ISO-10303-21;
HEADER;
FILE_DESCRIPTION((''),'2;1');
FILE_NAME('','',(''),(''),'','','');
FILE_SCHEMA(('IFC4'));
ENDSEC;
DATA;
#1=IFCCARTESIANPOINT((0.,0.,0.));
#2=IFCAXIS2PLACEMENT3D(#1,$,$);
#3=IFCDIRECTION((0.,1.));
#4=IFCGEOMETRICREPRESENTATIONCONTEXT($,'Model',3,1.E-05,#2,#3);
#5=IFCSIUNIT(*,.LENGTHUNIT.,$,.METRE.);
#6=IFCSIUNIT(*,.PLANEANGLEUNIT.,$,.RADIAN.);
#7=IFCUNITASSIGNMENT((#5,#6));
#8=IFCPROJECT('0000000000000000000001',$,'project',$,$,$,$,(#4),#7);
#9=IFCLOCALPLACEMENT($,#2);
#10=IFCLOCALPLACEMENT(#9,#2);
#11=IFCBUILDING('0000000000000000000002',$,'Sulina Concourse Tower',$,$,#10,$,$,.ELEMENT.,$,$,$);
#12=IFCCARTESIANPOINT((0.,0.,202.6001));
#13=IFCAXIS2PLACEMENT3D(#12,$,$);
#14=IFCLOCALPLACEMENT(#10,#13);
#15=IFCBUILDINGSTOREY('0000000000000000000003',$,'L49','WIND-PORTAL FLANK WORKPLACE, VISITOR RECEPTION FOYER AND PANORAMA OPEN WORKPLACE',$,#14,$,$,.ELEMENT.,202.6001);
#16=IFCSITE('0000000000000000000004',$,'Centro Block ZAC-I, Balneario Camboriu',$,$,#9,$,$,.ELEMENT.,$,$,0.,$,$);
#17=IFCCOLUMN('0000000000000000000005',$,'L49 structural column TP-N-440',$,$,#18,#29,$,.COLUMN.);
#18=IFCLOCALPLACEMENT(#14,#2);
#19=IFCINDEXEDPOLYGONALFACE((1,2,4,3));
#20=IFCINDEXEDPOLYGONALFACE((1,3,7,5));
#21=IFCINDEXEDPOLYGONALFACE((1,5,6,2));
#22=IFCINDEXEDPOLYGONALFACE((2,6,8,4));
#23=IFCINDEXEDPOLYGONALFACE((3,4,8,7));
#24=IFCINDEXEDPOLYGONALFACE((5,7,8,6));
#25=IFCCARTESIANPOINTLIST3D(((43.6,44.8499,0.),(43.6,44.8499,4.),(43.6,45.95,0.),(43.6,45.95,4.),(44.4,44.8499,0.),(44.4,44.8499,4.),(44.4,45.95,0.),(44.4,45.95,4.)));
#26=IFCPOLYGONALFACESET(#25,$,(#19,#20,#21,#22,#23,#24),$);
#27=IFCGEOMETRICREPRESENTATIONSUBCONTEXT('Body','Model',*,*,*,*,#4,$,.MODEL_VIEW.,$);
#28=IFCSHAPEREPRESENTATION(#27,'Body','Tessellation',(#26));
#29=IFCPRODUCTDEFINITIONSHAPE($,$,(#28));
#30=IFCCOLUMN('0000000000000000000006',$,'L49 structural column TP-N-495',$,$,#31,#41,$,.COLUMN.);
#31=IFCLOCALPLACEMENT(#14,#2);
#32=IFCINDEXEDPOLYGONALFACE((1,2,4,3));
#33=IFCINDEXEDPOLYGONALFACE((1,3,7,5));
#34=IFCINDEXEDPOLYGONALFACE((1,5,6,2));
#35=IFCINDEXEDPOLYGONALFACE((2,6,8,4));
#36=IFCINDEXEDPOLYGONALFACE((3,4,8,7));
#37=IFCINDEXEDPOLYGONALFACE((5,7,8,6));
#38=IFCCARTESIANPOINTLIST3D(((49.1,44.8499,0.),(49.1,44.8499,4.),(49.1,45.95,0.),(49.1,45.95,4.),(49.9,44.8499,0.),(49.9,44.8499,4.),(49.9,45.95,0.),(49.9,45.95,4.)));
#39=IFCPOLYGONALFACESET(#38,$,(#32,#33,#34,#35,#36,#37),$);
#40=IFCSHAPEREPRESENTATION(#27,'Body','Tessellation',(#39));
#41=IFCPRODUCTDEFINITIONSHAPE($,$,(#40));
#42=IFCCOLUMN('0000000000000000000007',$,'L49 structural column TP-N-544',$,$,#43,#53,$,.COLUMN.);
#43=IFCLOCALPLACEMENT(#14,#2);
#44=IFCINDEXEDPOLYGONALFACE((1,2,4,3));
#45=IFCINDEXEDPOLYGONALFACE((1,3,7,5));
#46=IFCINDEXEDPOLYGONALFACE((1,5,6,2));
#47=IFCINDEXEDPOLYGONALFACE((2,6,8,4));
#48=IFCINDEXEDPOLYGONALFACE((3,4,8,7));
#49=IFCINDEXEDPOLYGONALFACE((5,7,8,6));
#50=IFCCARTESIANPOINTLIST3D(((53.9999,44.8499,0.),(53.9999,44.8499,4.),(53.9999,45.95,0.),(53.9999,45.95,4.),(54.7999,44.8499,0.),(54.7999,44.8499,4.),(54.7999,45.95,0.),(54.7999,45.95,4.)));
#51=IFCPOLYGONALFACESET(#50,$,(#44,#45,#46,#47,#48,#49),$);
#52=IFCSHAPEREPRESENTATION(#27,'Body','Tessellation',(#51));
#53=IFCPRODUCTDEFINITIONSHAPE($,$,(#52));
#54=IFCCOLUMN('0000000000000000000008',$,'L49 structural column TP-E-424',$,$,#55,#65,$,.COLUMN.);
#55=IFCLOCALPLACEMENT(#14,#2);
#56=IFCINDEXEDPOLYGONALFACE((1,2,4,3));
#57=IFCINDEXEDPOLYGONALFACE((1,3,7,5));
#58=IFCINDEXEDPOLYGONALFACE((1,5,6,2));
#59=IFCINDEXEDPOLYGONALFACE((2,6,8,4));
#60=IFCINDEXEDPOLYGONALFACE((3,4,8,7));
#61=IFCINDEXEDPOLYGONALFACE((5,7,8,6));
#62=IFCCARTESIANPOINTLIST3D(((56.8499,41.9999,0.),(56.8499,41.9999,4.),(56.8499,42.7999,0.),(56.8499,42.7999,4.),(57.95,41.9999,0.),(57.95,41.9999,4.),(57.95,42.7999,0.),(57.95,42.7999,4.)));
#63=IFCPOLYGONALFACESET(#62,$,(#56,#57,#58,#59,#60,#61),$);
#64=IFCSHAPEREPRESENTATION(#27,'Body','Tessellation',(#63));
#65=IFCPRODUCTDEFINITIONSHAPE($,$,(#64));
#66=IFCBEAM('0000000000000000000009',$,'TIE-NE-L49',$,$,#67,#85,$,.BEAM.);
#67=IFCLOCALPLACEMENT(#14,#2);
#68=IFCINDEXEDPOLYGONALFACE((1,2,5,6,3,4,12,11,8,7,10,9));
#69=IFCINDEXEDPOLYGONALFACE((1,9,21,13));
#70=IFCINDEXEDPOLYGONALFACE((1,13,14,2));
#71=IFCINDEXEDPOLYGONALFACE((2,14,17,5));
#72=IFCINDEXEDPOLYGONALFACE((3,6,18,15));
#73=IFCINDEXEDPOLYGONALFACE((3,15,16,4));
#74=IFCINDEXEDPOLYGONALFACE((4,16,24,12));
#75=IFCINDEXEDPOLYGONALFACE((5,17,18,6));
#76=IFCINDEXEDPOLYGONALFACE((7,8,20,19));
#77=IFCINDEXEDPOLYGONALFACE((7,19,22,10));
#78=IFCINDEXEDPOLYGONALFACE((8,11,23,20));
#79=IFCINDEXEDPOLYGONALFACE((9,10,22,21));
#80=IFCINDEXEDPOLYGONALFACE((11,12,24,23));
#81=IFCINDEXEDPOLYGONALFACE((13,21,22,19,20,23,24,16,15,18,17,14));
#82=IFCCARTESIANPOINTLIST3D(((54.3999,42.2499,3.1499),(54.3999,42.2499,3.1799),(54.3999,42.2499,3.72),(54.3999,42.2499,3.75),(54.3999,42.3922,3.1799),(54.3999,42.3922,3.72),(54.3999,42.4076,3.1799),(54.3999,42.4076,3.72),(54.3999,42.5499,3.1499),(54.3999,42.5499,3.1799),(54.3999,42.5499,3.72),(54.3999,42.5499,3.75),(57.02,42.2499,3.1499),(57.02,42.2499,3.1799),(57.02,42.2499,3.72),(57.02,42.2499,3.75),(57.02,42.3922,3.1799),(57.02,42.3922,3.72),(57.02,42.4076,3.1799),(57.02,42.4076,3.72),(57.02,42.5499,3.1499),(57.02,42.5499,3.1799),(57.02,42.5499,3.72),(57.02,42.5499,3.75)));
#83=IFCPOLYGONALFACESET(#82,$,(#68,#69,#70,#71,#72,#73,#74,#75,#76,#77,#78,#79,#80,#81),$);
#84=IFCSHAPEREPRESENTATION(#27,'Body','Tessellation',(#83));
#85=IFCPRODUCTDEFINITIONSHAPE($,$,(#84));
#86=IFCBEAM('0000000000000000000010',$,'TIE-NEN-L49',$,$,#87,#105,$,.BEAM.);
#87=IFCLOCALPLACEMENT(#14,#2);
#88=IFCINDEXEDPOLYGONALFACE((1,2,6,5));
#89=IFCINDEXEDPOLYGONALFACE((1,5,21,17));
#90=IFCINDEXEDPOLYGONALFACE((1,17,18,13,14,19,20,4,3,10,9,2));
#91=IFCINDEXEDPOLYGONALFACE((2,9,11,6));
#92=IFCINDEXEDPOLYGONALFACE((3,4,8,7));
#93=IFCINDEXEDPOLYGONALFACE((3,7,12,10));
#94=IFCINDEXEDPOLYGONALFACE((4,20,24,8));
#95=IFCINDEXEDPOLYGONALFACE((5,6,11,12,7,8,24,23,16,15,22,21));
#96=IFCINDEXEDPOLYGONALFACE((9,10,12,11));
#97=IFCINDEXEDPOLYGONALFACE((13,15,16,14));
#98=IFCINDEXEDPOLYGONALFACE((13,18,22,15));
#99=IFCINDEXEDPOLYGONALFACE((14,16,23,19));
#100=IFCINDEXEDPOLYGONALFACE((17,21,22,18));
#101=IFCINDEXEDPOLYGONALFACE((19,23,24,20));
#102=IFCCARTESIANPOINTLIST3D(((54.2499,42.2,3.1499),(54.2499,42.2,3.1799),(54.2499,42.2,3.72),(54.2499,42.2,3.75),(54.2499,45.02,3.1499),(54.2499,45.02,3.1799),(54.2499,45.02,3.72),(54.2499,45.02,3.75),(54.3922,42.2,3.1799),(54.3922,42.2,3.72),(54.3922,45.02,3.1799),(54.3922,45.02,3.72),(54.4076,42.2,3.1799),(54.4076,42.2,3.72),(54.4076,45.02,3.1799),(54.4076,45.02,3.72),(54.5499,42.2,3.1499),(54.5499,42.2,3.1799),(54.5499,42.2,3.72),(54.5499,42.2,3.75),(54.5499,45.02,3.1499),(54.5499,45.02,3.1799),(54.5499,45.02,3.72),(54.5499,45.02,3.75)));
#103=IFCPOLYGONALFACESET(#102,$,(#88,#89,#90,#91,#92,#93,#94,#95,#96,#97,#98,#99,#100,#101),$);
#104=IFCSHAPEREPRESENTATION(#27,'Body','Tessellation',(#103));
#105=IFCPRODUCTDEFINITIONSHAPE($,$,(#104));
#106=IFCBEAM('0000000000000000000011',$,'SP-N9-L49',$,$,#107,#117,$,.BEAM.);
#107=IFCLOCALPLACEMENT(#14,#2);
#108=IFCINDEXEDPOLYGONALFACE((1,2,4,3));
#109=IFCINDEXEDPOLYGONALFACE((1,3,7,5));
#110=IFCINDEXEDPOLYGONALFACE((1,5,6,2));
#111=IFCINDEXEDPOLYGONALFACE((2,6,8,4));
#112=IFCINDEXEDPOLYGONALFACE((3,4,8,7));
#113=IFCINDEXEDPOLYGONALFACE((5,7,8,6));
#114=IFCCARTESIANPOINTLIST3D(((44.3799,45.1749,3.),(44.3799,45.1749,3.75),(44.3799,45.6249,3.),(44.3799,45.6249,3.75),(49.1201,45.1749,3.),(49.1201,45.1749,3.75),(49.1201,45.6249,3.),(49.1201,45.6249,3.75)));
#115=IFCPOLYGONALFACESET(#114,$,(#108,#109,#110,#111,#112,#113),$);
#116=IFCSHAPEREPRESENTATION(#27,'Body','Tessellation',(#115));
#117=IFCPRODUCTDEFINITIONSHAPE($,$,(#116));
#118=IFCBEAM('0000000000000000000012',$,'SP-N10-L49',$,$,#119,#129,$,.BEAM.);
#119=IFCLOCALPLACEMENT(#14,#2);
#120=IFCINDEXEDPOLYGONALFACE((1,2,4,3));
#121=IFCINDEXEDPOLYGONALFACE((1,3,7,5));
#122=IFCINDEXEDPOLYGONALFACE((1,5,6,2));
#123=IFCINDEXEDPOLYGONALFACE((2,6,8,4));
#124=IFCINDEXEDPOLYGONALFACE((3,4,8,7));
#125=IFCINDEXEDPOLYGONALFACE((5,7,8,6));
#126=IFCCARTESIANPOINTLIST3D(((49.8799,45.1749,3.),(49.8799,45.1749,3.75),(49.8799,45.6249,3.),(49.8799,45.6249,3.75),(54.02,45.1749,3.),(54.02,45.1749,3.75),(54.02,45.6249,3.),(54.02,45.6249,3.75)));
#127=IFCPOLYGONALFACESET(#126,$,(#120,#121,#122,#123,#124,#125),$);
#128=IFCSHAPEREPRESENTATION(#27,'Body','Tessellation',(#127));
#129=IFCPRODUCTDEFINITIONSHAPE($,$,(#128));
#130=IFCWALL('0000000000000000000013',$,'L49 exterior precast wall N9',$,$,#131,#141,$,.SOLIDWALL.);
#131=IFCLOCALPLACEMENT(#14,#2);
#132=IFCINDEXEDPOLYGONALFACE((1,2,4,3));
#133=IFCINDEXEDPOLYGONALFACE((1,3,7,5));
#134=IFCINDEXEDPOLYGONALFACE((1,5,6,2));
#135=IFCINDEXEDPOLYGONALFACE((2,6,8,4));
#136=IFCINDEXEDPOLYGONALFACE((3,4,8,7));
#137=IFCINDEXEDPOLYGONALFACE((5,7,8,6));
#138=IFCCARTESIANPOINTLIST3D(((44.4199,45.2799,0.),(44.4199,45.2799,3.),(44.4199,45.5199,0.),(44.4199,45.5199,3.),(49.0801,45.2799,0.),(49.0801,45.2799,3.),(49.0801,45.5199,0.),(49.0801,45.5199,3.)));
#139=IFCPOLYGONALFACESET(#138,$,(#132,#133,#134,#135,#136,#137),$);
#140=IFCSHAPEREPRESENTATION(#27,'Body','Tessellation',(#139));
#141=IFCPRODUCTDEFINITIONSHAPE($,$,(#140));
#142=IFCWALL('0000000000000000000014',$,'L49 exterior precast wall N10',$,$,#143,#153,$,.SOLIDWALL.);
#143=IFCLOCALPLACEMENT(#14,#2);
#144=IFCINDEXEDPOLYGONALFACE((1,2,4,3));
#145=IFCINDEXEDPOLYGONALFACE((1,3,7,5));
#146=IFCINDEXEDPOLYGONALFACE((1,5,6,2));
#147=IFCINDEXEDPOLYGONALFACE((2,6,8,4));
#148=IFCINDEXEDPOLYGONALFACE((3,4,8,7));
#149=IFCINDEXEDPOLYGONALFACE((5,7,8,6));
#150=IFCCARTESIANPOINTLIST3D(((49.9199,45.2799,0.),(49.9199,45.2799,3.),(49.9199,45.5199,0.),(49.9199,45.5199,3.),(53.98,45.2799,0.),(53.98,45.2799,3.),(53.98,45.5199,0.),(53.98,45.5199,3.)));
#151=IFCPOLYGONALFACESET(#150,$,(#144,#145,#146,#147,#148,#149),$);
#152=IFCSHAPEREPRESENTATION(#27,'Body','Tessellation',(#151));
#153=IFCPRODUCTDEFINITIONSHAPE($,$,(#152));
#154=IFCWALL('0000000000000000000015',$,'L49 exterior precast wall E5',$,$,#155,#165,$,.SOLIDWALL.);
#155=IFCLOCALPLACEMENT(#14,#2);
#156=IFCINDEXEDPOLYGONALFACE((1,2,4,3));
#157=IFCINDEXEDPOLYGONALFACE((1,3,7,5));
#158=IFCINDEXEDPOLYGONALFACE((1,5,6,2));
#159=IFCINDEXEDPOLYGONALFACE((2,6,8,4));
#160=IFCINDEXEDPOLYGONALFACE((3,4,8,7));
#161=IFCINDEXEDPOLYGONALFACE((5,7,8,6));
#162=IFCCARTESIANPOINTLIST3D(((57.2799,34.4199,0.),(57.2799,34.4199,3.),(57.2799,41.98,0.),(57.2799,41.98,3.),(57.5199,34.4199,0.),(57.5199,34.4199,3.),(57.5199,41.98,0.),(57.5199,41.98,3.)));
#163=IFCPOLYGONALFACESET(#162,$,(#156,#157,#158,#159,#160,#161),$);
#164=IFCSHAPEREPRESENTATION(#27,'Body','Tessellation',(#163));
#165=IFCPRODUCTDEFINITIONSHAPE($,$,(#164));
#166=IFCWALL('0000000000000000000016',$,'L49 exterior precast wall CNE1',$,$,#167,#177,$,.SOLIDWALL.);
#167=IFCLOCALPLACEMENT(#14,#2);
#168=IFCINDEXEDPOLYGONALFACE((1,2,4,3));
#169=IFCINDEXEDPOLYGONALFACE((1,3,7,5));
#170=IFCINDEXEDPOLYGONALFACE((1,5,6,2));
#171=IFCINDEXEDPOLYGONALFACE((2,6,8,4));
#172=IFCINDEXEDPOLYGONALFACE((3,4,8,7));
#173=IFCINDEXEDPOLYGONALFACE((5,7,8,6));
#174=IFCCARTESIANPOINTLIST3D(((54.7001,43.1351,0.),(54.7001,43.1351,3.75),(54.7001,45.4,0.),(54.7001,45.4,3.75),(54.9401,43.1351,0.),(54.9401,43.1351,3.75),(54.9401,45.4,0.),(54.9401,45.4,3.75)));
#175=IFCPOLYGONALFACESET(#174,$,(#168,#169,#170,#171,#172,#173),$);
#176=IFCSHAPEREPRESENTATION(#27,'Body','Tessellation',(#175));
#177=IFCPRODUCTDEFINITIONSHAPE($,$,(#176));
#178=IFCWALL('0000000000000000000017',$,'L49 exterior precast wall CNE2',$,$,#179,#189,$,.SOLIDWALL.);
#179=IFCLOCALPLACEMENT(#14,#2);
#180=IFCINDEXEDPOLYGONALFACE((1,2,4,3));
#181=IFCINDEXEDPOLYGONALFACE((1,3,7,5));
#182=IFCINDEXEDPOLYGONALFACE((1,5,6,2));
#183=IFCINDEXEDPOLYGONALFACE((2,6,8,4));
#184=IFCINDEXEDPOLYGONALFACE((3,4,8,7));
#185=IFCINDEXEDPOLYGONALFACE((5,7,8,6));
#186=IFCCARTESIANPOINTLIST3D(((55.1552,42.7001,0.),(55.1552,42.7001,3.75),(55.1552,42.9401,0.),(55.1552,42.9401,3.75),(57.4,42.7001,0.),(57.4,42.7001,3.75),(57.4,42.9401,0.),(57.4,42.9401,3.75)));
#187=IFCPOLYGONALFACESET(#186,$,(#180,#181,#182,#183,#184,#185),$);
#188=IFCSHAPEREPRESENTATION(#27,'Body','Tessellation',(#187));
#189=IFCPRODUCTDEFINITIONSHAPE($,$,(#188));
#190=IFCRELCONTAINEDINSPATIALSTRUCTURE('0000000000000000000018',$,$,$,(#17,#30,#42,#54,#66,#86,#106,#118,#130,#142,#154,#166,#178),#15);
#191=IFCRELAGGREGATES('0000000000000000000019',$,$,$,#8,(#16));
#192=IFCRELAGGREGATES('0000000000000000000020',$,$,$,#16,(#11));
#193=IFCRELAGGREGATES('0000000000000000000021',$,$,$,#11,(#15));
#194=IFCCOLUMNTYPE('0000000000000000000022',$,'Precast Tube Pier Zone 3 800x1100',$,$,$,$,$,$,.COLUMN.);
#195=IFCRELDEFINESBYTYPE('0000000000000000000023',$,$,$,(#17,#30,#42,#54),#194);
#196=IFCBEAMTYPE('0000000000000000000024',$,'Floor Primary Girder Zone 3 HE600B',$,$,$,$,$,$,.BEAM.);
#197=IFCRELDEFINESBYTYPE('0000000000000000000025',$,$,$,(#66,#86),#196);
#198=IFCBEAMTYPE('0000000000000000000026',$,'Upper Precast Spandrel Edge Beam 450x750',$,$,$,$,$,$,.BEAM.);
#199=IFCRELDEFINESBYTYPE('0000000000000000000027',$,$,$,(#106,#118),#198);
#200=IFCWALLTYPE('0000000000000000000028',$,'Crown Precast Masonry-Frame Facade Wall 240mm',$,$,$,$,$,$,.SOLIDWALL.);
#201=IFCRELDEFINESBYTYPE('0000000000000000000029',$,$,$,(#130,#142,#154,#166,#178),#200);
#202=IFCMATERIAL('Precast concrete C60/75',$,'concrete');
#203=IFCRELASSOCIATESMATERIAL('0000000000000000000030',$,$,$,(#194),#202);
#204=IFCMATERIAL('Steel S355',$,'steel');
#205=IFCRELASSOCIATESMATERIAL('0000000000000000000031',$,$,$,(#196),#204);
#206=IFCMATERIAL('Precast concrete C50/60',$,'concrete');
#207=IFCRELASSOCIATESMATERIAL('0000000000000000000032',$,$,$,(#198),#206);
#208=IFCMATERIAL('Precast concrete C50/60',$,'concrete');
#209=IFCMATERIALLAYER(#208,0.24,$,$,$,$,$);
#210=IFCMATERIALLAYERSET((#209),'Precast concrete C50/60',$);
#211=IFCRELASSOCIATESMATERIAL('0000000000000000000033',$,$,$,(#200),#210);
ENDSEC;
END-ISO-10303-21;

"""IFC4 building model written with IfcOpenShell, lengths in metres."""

from ifc_helpers import new_model, si_unit, direction, frame, frame_2d, origin, origin_2d, place, context, subcontext, project, spatial, rectangle, i_section, extrude, material, layer, layer_set, material_profile, profile_set, type_object, element, save


model = new_model("IFC4")

# Units and contexts
model_context = context("Model", 3, precision=1e-05, world=origin(), true_north=direction((0.0, 1.0)))
body_context = subcontext(model_context, "Body", "Model", "MODEL_VIEW")
ifc_project = project(units=[si_unit("LENGTHUNIT", "METRE"), si_unit("PLANEANGLEUNIT", "RADIAN")], contexts=[model_context])

# Site, building, storey
site_placement = place(None, origin())
site = spatial("IfcSite", under=ifc_project, at=site_placement, Name="Centro Block ZAC-I, Balneario Camboriu", CompositionType="ELEMENT", RefElevation=0.0)
building_placement = place(site_placement, origin())
building = spatial("IfcBuilding", under=site, at=building_placement, Name="Sulina Concourse Tower", CompositionType="ELEMENT")
storey_placement = place(building_placement, frame((0.0, 0.0, 202.6001)))
storey = spatial("IfcBuildingStorey", under=building, at=storey_placement, Name="L49", Description="WIND-PORTAL FLANK WORKPLACE, VISITOR RECEPTION FOYER AND PANORAMA OPEN WORKPLACE", CompositionType="ELEMENT", Elevation=202.6001)

# Columns
ifc_material_1 = material(Name="Precast concrete C60/75", Category="concrete")
ifc_material_profile_1 = material_profile(ifc_material_1, rectangle(XDim=0.8, YDim=1.1001, at=origin_2d()), Name="PC 800x1100")
ifc_profile_set_1 = profile_set([ifc_material_profile_1], Name="Precast concrete C60/75")
column_type = type_object("IfcColumnType", Name="Precast Tube Pier Zone 3 800x1100", PredefinedType="COLUMN", material=ifc_profile_set_1)
for number, where, z_axis, x_axis, name in (
    (1, (44.0, 45.3999, 0.0), (0.0, 0.0, 1.0), (1.0, 0.0, 0.0), "L49 structural column TP-N-440"),
    (2, (49.5, 45.3999, 0.0), (0.0, 0.0, 1.0), (1.0, 0.0, 0.0), "L49 structural column TP-N-495"),
    (3, (54.3999, 45.3999, 0.0), (0.0, 0.0, 1.0), (1.0, 0.0, 0.0), "L49 structural column TP-N-544"),
    (4, (57.3999, 42.3999, 0.0), (0.0, 0.0, 1.0), (0.0, 1.0, 0.0), "L49 structural column TP-E-424"),
):
    element("IfcColumn", number, at=place(storey_placement, frame(where, z_axis=z_axis, x_axis=x_axis)), inside=storey, type_object=column_type, Name=name, PredefinedType="COLUMN", context=body_context, shape_type="SweptSolid", body=[
        extrude(rectangle(XDim=0.8, YDim=1.1001, at=origin_2d()), origin(), (0.0, 0.0, 1.0), 4.0),
    ])

# Beams
ifc_material_2 = material(Name="Steel S355", Category="steel")
ifc_material_profile_2 = material_profile(ifc_material_2, i_section(OverallWidth=0.3, OverallDepth=0.6001, WebThickness=0.0154, FlangeThickness=0.03, at=origin_2d()), Name="HE 600 B")
ifc_profile_set_2 = profile_set([ifc_material_profile_2], Name="Steel S355")
beam_type_1 = type_object("IfcBeamType", Name="Floor Primary Girder Zone 3 HE600B", PredefinedType="BEAM", material=ifc_profile_set_2)
beam_1_placement = place(storey_placement, frame((54.3999, 42.3999, 3.45), z_axis=(1.0, 0.0, 0.0), x_axis=(0.0, 1.0, 0.0)))
element("IfcBeam", 5, at=beam_1_placement, inside=storey, type_object=beam_type_1, Name="TIE-NE-L49", PredefinedType="BEAM", context=body_context, shape_type="SweptSolid", body=[
    extrude(i_section(OverallWidth=0.3, OverallDepth=0.6001, WebThickness=0.0154, FlangeThickness=0.03, at=origin_2d()), origin(), (0.0, 0.0, 1.0), 2.6201),
])
beam_2_placement = place(storey_placement, frame((54.3999, 42.2, 3.45), z_axis=(0.0, 1.0, 0.0), x_axis=(-1.0, 0.0, 0.0)))
element("IfcBeam", 6, at=beam_2_placement, inside=storey, type_object=beam_type_1, Name="TIE-NEN-L49", PredefinedType="BEAM", context=body_context, shape_type="SweptSolid", body=[
    extrude(i_section(OverallWidth=0.3, OverallDepth=0.6001, WebThickness=0.0154, FlangeThickness=0.03, at=origin_2d()), origin(), (0.0, 0.0, 1.0), 2.8201),
])
ifc_material_3 = material(Name="Precast concrete C50/60", Category="concrete")
ifc_material_profile_3 = material_profile(ifc_material_3, rectangle(XDim=0.45, YDim=0.75, at=origin_2d()), Name="RC 450x750")
ifc_profile_set_3 = profile_set([ifc_material_profile_3], Name="Precast concrete C50/60")
beam_type_2 = type_object("IfcBeamType", Name="Upper Precast Spandrel Edge Beam 450x750", PredefinedType="BEAM", material=ifc_profile_set_3)
beam_3_placement = place(storey_placement, frame((44.3799, 45.3999, 3.375), z_axis=(1.0, 0.0, 0.0), x_axis=(0.0, 1.0, 0.0)))
element("IfcBeam", 7, at=beam_3_placement, inside=storey, type_object=beam_type_2, Name="SP-N9-L49", PredefinedType="BEAM", context=body_context, shape_type="SweptSolid", body=[
    extrude(rectangle(XDim=0.45, YDim=0.75, at=origin_2d()), origin(), (0.0, 0.0, 1.0), 4.7402),
])
beam_4_placement = place(storey_placement, frame((49.8799, 45.3999, 3.375), z_axis=(1.0, 0.0, 0.0), x_axis=(0.0, 1.0, 0.0)))
element("IfcBeam", 8, at=beam_4_placement, inside=storey, type_object=beam_type_2, Name="SP-N10-L49", PredefinedType="BEAM", context=body_context, shape_type="SweptSolid", body=[
    extrude(rectangle(XDim=0.45, YDim=0.75, at=origin_2d()), origin(), (0.0, 0.0, 1.0), 4.1401),
])

# Walls
ifc_material_4 = material(Name="Precast concrete C50/60", Category="concrete")
ifc_layer_1 = layer(ifc_material_4, 0.24)
ifc_layer_set_1 = layer_set([ifc_layer_1], Name="Precast concrete C50/60")
wall_type_1 = type_object("IfcWallType", Name="Crown Precast Masonry-Frame Facade Wall 240mm", PredefinedType="SOLIDWALL", material=ifc_layer_set_1)
wall_1_placement = place(storey_placement, frame((44.4199, 45.3999, 0.0), z_axis=(0.0, 0.0, 1.0), x_axis=(1.0, 0.0, 0.0)))
element("IfcWall", 9, at=wall_1_placement, inside=storey, type_object=wall_type_1, Name="L49 exterior precast wall N9", PredefinedType="SOLIDWALL", context=body_context, shape_type="SweptSolid", body=[
    extrude(rectangle(XDim=4.6602, YDim=0.24, at=frame_2d((2.3301, 0.0))), origin(), (0.0, 0.0, 1.0), 3.0),
])
wall_2_placement = place(storey_placement, frame((49.9199, 45.3999, 0.0), z_axis=(0.0, 0.0, 1.0), x_axis=(1.0, 0.0, 0.0)))
element("IfcWall", 10, at=wall_2_placement, inside=storey, type_object=wall_type_1, Name="L49 exterior precast wall N10", PredefinedType="SOLIDWALL", context=body_context, shape_type="SweptSolid", body=[
    extrude(rectangle(XDim=4.0601, YDim=0.24, at=frame_2d((2.03, 0.0))), origin(), (0.0, 0.0, 1.0), 3.0),
])
wall_3_placement = place(storey_placement, frame((57.3999, 41.98, 0.0), z_axis=(0.0, 0.0, 1.0), x_axis=(0.0, -1.0, 0.0)))
element("IfcWall", 11, at=wall_3_placement, inside=storey, type_object=wall_type_1, Name="L49 exterior precast wall E5", PredefinedType="SOLIDWALL", context=body_context, shape_type="SweptSolid", body=[
    extrude(rectangle(XDim=7.5601, YDim=0.24, at=frame_2d((3.78, 0.0))), origin(), (0.0, 0.0, 1.0), 3.0),
])
wall_4_placement = place(storey_placement, frame((54.8201, 45.3999, 0.0), z_axis=(0.0, 0.0, 1.0), x_axis=(0.0, -1.0, 0.0)))
element("IfcWall", 12, at=wall_4_placement, inside=storey, type_object=wall_type_1, Name="L49 exterior precast wall CNE1", PredefinedType="SOLIDWALL", context=body_context, shape_type="SweptSolid", body=[
    extrude(rectangle(XDim=2.2649, YDim=0.24, at=frame_2d((1.1323, 0.0))), origin(), (0.0, 0.0, 1.0), 3.75),
])
wall_5_placement = place(storey_placement, frame((55.155, 42.8201, 0.0), z_axis=(0.0, 0.0, 1.0), x_axis=(1.0, 0.0, 0.0)))
element("IfcWall", 13, at=wall_5_placement, inside=storey, type_object=wall_type_1, Name="L49 exterior precast wall CNE2", PredefinedType="SOLIDWALL", context=body_context, shape_type="SweptSolid", body=[
    extrude(rectangle(XDim=2.2449, YDim=0.24, at=frame_2d((1.1226, 0.0))), origin(), (0.0, 0.0, 1.0), 3.75),
])

save(model, "model.ifc")
